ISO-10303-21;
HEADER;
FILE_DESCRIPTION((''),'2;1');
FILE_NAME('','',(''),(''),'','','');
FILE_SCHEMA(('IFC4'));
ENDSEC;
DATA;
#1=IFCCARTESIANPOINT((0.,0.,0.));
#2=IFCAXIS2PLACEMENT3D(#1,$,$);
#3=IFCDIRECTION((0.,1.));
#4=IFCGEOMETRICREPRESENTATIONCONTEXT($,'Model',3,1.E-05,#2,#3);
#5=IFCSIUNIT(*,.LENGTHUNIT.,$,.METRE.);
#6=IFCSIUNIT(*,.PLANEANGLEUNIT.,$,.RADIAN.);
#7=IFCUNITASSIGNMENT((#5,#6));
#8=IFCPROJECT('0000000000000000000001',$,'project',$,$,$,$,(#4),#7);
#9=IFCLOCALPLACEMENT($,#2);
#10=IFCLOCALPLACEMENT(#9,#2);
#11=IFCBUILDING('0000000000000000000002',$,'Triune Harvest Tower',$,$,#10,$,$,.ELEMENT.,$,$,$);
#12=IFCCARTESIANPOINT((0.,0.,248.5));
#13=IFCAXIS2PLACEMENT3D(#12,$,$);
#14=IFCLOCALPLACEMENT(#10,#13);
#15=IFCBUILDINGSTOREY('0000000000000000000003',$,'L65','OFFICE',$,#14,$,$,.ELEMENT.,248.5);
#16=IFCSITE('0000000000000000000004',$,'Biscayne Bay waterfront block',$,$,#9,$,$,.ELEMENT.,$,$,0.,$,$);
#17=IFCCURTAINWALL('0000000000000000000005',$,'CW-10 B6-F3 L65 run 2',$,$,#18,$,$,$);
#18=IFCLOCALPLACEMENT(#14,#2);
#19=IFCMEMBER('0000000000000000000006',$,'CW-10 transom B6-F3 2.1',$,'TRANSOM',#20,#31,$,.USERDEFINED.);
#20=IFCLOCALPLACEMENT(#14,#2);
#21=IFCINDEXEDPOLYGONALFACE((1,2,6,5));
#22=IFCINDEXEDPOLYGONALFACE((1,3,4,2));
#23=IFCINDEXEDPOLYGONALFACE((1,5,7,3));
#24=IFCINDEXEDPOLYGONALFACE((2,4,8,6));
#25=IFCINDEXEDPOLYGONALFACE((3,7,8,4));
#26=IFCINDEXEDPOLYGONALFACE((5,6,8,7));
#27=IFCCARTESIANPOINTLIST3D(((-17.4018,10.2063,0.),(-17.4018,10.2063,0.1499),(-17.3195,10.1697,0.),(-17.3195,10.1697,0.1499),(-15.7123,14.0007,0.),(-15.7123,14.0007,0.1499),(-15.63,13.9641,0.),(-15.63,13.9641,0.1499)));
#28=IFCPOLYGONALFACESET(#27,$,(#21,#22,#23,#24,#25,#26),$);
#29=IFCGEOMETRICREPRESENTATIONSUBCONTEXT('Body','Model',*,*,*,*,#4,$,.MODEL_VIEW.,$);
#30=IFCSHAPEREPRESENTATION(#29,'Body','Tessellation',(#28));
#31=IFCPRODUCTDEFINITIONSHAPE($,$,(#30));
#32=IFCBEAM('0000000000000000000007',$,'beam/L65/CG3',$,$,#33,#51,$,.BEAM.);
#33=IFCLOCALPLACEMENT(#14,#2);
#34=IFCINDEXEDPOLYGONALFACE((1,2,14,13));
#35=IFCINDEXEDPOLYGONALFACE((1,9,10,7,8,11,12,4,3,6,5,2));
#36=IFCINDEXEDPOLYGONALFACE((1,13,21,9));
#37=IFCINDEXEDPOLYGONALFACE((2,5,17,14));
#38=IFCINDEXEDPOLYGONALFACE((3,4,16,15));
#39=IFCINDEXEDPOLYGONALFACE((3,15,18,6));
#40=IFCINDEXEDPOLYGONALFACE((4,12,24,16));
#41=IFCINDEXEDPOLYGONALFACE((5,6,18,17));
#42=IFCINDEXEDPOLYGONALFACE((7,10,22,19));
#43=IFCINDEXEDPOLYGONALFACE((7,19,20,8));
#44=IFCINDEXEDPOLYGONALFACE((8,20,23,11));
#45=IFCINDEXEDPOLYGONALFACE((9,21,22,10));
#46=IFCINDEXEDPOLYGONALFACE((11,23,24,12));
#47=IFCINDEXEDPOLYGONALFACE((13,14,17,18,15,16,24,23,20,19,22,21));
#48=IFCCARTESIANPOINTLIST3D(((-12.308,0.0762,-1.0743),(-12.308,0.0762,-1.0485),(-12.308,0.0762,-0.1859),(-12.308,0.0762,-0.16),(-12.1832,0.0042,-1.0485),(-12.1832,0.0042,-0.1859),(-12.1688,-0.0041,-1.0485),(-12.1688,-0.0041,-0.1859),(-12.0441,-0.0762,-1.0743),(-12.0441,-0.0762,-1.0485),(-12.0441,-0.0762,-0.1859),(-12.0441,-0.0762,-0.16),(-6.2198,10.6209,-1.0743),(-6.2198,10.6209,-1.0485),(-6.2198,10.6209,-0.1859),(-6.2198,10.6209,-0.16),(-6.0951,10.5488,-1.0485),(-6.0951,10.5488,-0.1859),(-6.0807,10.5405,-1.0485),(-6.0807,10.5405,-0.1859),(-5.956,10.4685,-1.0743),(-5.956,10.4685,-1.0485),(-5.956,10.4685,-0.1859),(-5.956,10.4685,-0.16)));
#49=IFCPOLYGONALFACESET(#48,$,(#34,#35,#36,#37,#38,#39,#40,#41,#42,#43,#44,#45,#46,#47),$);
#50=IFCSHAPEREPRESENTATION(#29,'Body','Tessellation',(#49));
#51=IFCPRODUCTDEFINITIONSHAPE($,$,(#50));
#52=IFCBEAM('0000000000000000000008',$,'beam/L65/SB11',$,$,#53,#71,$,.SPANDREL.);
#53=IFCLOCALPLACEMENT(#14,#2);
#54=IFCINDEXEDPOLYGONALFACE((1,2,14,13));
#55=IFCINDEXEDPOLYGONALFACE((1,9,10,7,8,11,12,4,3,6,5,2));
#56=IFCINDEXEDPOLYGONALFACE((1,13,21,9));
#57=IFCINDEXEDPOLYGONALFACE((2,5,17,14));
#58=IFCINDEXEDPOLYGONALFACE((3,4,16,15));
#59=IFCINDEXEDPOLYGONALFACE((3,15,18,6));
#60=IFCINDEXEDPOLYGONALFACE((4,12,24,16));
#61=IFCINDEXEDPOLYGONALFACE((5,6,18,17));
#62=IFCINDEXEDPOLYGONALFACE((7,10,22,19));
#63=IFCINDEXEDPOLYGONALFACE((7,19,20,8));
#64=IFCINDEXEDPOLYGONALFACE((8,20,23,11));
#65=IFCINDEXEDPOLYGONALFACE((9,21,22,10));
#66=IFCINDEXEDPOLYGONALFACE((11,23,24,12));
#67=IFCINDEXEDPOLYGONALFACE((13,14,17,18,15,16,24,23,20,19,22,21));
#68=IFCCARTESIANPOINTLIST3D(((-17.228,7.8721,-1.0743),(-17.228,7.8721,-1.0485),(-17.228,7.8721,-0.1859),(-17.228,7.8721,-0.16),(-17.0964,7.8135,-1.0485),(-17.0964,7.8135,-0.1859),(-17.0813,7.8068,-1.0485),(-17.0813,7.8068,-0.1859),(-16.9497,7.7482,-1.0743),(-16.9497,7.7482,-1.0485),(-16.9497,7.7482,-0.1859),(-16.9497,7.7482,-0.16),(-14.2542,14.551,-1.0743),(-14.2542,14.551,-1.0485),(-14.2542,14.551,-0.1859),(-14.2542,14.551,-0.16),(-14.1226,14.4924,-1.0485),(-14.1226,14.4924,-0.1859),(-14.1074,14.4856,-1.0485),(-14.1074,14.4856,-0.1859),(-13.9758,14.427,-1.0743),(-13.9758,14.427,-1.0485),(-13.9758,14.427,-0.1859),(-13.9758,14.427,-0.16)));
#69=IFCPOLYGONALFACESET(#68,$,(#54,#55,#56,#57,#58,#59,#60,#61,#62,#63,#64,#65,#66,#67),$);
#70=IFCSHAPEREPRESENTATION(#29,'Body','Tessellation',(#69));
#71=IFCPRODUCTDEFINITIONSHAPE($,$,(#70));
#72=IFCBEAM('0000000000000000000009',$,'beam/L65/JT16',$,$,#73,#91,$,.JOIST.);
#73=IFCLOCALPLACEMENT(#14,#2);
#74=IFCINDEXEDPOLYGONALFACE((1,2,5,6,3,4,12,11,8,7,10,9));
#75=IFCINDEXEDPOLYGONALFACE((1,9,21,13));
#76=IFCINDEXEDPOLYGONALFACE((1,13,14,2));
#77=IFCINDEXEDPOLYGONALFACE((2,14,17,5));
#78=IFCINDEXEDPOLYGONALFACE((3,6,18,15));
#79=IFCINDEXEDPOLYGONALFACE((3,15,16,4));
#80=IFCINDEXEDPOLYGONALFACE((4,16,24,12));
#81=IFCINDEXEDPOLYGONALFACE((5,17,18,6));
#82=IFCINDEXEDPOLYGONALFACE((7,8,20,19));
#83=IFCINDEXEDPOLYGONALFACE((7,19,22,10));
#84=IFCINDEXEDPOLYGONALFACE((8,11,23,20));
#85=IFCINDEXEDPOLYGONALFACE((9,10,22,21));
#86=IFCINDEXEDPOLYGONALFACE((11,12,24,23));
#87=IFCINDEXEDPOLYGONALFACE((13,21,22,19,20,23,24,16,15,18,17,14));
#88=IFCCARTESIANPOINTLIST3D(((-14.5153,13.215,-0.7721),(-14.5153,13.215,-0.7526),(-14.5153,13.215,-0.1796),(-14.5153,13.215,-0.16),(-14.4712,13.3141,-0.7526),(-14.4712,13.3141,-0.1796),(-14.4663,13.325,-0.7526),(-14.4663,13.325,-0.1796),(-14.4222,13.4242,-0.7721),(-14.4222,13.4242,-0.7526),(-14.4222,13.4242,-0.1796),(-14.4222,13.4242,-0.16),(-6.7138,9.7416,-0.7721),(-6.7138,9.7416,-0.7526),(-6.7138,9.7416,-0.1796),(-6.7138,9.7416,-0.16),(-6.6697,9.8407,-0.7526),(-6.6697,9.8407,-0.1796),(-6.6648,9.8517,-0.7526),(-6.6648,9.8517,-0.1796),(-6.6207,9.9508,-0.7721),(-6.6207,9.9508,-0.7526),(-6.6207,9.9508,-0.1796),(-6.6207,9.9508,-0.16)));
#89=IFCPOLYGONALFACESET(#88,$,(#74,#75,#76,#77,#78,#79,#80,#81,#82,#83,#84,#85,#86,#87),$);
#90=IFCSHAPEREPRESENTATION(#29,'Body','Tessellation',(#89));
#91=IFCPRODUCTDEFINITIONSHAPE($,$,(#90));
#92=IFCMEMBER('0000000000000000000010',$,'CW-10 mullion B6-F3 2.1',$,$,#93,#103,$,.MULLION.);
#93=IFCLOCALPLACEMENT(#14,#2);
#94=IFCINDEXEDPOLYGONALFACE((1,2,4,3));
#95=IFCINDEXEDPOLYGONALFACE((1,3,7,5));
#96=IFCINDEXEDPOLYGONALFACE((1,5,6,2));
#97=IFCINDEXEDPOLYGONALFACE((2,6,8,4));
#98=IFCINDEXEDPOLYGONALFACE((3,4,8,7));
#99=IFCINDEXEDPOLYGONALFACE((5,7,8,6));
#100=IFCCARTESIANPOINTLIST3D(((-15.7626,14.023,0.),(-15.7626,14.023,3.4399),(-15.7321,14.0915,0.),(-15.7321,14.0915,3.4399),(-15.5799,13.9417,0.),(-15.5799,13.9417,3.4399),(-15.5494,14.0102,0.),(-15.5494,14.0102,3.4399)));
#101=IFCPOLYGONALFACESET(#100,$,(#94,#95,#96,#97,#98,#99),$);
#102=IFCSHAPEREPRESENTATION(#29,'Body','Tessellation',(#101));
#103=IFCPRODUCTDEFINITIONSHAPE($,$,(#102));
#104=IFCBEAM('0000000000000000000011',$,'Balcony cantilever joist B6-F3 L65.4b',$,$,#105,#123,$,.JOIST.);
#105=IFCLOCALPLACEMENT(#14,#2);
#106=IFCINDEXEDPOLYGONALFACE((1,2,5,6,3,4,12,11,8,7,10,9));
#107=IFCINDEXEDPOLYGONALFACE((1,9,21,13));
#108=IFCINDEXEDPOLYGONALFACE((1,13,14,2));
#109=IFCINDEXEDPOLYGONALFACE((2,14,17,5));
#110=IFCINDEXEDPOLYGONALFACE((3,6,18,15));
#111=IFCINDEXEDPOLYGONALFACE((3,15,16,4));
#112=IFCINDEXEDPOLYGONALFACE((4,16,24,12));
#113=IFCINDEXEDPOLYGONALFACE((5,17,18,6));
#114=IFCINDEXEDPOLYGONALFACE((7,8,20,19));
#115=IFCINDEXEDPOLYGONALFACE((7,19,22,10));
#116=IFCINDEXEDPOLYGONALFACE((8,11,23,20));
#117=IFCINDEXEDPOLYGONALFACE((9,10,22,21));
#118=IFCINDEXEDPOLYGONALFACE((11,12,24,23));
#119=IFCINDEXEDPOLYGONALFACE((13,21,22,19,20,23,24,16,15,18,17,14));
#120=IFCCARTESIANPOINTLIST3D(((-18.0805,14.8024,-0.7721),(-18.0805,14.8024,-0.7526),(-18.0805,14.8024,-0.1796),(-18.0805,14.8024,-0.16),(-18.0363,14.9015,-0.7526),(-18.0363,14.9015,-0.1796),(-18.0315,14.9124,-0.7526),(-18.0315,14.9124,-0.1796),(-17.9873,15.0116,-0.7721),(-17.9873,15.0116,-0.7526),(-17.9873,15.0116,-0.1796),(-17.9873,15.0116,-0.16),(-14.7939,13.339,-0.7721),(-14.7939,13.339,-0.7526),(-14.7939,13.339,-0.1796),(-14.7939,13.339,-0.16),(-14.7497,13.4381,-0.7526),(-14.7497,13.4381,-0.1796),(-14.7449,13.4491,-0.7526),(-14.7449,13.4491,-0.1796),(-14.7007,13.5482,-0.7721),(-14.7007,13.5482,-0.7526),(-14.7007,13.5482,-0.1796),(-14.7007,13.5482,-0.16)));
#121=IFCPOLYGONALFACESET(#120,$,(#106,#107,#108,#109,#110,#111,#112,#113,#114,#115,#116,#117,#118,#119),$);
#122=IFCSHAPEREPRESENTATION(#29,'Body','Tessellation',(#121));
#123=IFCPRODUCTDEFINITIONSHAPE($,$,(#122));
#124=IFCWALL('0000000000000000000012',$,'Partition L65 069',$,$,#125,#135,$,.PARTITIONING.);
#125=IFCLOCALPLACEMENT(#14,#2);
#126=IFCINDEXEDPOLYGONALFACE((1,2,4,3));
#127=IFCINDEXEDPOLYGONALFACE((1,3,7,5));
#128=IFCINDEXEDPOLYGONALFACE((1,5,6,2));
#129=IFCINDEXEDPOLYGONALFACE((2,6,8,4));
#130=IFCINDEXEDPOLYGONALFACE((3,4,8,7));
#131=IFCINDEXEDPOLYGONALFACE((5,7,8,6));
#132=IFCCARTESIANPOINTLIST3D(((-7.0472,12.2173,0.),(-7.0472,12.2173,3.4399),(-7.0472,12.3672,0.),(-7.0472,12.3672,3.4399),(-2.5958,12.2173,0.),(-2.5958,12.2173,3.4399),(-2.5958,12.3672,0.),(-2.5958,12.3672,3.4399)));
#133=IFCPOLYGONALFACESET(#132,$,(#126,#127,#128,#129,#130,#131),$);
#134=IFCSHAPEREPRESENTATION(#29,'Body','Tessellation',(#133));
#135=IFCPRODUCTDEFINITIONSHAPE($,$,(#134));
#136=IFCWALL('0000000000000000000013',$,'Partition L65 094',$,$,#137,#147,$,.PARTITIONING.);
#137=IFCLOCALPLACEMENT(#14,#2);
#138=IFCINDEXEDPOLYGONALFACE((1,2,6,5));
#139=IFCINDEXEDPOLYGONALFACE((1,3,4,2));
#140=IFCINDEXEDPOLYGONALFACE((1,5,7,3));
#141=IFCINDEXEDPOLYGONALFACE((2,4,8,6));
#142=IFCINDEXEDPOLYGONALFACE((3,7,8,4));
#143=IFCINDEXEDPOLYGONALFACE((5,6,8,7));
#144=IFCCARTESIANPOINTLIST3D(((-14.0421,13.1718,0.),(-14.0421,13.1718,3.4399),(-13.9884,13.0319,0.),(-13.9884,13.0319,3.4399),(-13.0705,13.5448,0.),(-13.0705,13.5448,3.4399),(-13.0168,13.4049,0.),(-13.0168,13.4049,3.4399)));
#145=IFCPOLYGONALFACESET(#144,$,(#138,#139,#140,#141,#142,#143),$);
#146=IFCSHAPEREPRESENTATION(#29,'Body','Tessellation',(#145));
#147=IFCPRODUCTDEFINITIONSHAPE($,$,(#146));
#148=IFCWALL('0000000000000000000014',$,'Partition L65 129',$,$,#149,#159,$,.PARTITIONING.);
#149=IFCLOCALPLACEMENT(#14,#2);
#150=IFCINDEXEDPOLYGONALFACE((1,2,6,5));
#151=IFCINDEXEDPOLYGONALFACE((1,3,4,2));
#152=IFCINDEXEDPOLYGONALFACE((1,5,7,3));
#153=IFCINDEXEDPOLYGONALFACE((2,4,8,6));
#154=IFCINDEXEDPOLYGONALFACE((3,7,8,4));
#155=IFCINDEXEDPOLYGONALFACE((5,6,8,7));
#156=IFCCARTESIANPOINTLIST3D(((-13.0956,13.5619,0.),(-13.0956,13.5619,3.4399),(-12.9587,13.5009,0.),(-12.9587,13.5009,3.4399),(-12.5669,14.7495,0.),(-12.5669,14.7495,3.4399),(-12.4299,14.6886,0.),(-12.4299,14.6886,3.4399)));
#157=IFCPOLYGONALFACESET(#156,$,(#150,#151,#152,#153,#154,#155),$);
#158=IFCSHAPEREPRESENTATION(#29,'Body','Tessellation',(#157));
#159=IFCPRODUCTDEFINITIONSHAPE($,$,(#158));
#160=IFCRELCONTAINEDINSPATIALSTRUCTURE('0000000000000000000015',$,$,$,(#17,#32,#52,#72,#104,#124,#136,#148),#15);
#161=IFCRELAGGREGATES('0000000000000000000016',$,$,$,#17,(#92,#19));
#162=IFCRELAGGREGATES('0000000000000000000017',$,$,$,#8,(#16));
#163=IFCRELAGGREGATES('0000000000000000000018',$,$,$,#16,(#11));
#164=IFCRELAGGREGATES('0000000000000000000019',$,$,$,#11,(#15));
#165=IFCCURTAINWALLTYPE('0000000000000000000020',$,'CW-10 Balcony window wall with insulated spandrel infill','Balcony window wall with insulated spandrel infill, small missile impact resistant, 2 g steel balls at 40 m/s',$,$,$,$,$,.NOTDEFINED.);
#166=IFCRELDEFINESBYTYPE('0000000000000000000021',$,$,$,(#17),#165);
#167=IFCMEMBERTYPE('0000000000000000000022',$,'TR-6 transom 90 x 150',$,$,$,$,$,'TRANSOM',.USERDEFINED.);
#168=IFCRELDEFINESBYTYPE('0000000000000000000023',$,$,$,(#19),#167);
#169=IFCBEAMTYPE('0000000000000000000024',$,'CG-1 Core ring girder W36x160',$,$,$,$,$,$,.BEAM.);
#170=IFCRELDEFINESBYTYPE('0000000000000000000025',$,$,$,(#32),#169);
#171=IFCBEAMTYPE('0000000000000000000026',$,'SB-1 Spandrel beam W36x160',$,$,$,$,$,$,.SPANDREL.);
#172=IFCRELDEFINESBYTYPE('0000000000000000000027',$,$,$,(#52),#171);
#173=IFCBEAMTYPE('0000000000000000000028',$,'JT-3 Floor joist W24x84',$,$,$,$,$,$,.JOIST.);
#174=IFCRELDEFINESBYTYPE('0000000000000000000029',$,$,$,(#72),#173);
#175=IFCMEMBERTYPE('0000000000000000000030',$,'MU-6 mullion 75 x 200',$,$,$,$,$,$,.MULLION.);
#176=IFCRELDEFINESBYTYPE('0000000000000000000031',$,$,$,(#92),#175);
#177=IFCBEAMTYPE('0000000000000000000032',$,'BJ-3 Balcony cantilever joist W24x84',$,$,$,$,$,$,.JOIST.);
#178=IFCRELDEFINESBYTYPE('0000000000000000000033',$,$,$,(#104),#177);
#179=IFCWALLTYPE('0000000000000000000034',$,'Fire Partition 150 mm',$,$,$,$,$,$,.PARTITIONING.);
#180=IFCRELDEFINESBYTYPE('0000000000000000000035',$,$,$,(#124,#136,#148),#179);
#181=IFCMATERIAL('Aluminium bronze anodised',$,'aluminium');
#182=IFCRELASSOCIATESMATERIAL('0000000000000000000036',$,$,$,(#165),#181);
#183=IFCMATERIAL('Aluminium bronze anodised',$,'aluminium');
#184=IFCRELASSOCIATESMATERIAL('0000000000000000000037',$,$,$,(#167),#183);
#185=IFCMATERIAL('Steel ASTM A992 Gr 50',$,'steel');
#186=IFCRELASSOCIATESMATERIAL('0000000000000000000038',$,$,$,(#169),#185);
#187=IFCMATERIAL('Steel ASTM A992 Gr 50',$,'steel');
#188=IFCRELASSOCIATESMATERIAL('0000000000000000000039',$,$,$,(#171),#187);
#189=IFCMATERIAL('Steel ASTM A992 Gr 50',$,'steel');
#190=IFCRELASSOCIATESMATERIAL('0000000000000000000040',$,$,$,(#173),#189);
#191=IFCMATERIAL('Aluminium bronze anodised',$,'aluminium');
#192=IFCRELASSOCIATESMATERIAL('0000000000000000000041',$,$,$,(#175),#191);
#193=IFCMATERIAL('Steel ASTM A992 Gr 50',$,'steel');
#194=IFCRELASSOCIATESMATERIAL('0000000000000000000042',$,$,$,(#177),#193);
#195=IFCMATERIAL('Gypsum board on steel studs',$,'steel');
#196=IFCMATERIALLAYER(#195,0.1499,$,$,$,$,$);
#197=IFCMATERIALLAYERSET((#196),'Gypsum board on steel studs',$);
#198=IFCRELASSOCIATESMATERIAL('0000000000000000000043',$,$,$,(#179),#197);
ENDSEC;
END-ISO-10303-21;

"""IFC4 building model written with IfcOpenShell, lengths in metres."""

from ifc_helpers import new_model, si_unit, direction, frame, frame_2d, origin, origin_2d, place, context, subcontext, project, spatial, rectangle, i_section, extrude, source, transform, mapped, material, layer, layer_set, material_profile, profile_set, type_object, element, aggregate, save


model = new_model("IFC4")

# Units and contexts
model_context = context("Model", 3, precision=1e-05, world=origin(), true_north=direction((0.0, 1.0)))
body_context = subcontext(model_context, "Body", "Model", "MODEL_VIEW")
ifc_project = project(units=[si_unit("LENGTHUNIT", "METRE"), si_unit("PLANEANGLEUNIT", "RADIAN")], contexts=[model_context])

# Site, building, storey
site_placement = place(None, origin())
site = spatial("IfcSite", under=ifc_project, at=site_placement, Name="Biscayne Bay waterfront block", CompositionType="ELEMENT", RefElevation=0.0)
building_placement = place(site_placement, origin())
building = spatial("IfcBuilding", under=site, at=building_placement, Name="Triune Harvest Tower", CompositionType="ELEMENT")
storey_placement = place(building_placement, frame((0.0, 0.0, 248.5)))
storey = spatial("IfcBuildingStorey", under=building, at=storey_placement, Name="L65", Description="OFFICE", CompositionType="ELEMENT", Elevation=248.5)

# Curtain wall, member
ifc_material_1 = material(Name="Aluminium bronze anodised", Category="aluminium")
curtain_wall_type = type_object("IfcCurtainWallType", Name="CW-10 Balcony window wall with insulated spandrel infill", Description="Balcony window wall with insulated spandrel infill, small missile impact resistant, 2 g steel balls at 40 m/s", PredefinedType="NOTDEFINED", material=ifc_material_1)
curtain_wall_placement = place(storey_placement, origin())
curtain_wall = element("IfcCurtainWall", 1, at=curtain_wall_placement, inside=storey, type_object=curtain_wall_type, Name="CW-10 B6-F3 L65 run 2")
ifc_material_2 = material(Name="Aluminium bronze anodised", Category="aluminium")
ifc_material_profile_1 = material_profile(ifc_material_2, rectangle(XDim=0.0901, YDim=0.1499, at=origin_2d()), Name="TR-6 transom 90 x 150")
ifc_profile_set_1 = profile_set([ifc_material_profile_1], Name="Aluminium bronze anodised")
member_type_1 = type_object("IfcMemberType", Name="TR-6 transom 90 x 150", ElementType="TRANSOM", PredefinedType="USERDEFINED", material=ifc_profile_set_1)
member_1_placement = place(storey_placement, frame((-15.6711, 13.9824, 0.075), z_axis=(-0.406749, -0.91354, 0.0), x_axis=(0.91354, -0.406749, 0.0)))
member_1 = element("IfcMember", 2, at=member_1_placement, type_object=member_type_1, Name="CW-10 transom B6-F3 2.1", ObjectType="TRANSOM", PredefinedType="USERDEFINED", context=body_context, shape_type="SweptSolid", body=[
    extrude(rectangle(XDim=0.0901, YDim=0.1499, at=origin_2d()), origin(), (0.0, 0.0, 1.0), 4.1536),
])

# Beams
ifc_material_3 = material(Name="Steel ASTM A992 Gr 50", Category="steel")
ifc_material_profile_2 = material_profile(ifc_material_3, i_section(OverallWidth=0.3047, OverallDepth=0.9143, WebThickness=0.0166, FlangeThickness=0.0259, at=origin_2d()), Name="W36x160")
ifc_profile_set_2 = profile_set([ifc_material_profile_2], Name="Steel ASTM A992 Gr 50")
beam_type_1 = type_object("IfcBeamType", Name="CG-1 Core ring girder W36x160", PredefinedType="BEAM", material=ifc_profile_set_2)
shared_shape_1 = source(origin(), body_context, "Body", "SweptSolid", [
    extrude(i_section(OverallWidth=0.3047, OverallDepth=0.9143, WebThickness=0.0166, FlangeThickness=0.0259, at=origin_2d()), origin(), (0.0, 0.0, 1.0), 12.176),
])
beam_1_placement = place(storey_placement, frame((-6.0879, 10.5447, -0.6172), z_axis=(-0.50001, -0.86602, 0.0), x_axis=(0.86602, -0.50001, 0.0)))
element("IfcBeam", 3, at=beam_1_placement, inside=storey, type_object=beam_type_1, Name="beam/L65/CG3", PredefinedType="BEAM", context=body_context, shape_type="MappedRepresentation", body=[
    mapped(shared_shape_1, transform((0.0, 0.0, 0.0), scale=1.0)),
])
ifc_material_4 = material(Name="Steel ASTM A992 Gr 50", Category="steel")
ifc_material_profile_3 = material_profile(ifc_material_4, i_section(OverallWidth=0.3047, OverallDepth=0.9143, WebThickness=0.0166, FlangeThickness=0.0259, at=origin_2d()), Name="W36x160")
ifc_profile_set_3 = profile_set([ifc_material_profile_3], Name="Steel ASTM A992 Gr 50")
beam_type_2 = type_object("IfcBeamType", Name="SB-1 Spandrel beam W36x160", PredefinedType="SPANDREL", material=ifc_profile_set_3)
shared_shape_2 = source(origin(), body_context, "Body", "SweptSolid", [
    extrude(i_section(OverallWidth=0.3047, OverallDepth=0.9143, WebThickness=0.0166, FlangeThickness=0.0259, at=origin_2d()), origin(), (0.0, 0.0, 1.0), 7.311),
])
beam_2_placement = place(storey_placement, frame((-14.115, 14.489, -0.6172), z_axis=(-0.406761, -0.913535, 0.0), x_axis=(0.913535, -0.406761, 0.0)))
element("IfcBeam", 4, at=beam_2_placement, inside=storey, type_object=beam_type_2, Name="beam/L65/SB11", PredefinedType="SPANDREL", context=body_context, shape_type="MappedRepresentation", body=[
    mapped(shared_shape_2, transform((0.0, 0.0, 0.0), scale=1.0)),
])
ifc_material_5 = material(Name="Steel ASTM A992 Gr 50", Category="steel")
ifc_material_profile_4 = material_profile(ifc_material_5, i_section(OverallWidth=0.229, OverallDepth=0.6121, WebThickness=0.012, FlangeThickness=0.0195, at=origin_2d()), Name="W24x84")
ifc_profile_set_4 = profile_set([ifc_material_profile_4], Name="Steel ASTM A992 Gr 50")
beam_type_3 = type_object("IfcBeamType", Name="JT-3 Floor joist W24x84", PredefinedType="JOIST", material=ifc_profile_set_4)
shared_shape_3 = source(origin(), body_context, "Body", "SweptSolid", [
    extrude(i_section(OverallWidth=0.229, OverallDepth=0.6121, WebThickness=0.012, FlangeThickness=0.0195, at=origin_2d()), origin(), (0.0, 0.0, 1.0), 8.5398),
])
beam_3_placement = place(storey_placement, frame((-14.4688, 13.3196, -0.4661), z_axis=(0.913548, -0.40673, 0.0), x_axis=(0.40673, 0.913548, 0.0)))
element("IfcBeam", 5, at=beam_3_placement, inside=storey, type_object=beam_type_3, Name="beam/L65/JT16", PredefinedType="JOIST", context=body_context, shape_type="MappedRepresentation", body=[
    mapped(shared_shape_3, transform((0.0, 0.0, 0.0), scale=1.0)),
])

# Member
ifc_material_6 = material(Name="Aluminium bronze anodised", Category="aluminium")
ifc_material_profile_5 = material_profile(ifc_material_6, rectangle(XDim=0.2, YDim=0.075, at=origin_2d()), Name="MU-6 mullion 75 x 200")
ifc_profile_set_5 = profile_set([ifc_material_profile_5], Name="Aluminium bronze anodised")
member_type_2 = type_object("IfcMemberType", Name="MU-6 mullion 75 x 200", PredefinedType="MULLION", material=ifc_profile_set_5)
shared_shape_4 = source(origin(), body_context, "Body", "SweptSolid", [
    extrude(rectangle(XDim=0.2, YDim=0.075, at=origin_2d()), origin(), (0.0, 0.0, 1.0), 3.4399),
])
member_2_placement = place(storey_placement, frame((-15.656, 14.0166, 0.0), z_axis=(0.0, 0.0, 1.0), x_axis=(0.913541, -0.406747, 0.0)))
member_2 = element("IfcMember", 6, at=member_2_placement, type_object=member_type_2, Name="CW-10 mullion B6-F3 2.1", PredefinedType="MULLION", context=body_context, shape_type="MappedRepresentation", body=[
    mapped(shared_shape_4, transform((0.0, 0.0, 0.0), scale=1.0)),
])
aggregate(curtain_wall, [member_2, member_1])

# Beam
ifc_material_7 = material(Name="Steel ASTM A992 Gr 50", Category="steel")
ifc_material_profile_6 = material_profile(ifc_material_7, i_section(OverallWidth=0.229, OverallDepth=0.6121, WebThickness=0.012, FlangeThickness=0.0195, at=origin_2d()), Name="W24x84")
ifc_profile_set_6 = profile_set([ifc_material_profile_6], Name="Steel ASTM A992 Gr 50")
beam_type_4 = type_object("IfcBeamType", Name="BJ-3 Balcony cantilever joist W24x84", PredefinedType="JOIST", material=ifc_profile_set_6)
shared_shape_5 = source(origin(), body_context, "Body", "SweptSolid", [
    extrude(i_section(OverallWidth=0.229, OverallDepth=0.6121, WebThickness=0.012, FlangeThickness=0.0195, at=origin_2d()), origin(), (0.0, 0.0, 1.0), 3.5977),
])
beam_4_placement = place(storey_placement, frame((-14.7473, 13.4436, -0.4661), z_axis=(-0.913537, 0.406755, 0.0), x_axis=(-0.406755, -0.913537, 0.0)))
element("IfcBeam", 7, at=beam_4_placement, inside=storey, type_object=beam_type_4, Name="Balcony cantilever joist B6-F3 L65.4b", PredefinedType="JOIST", context=body_context, shape_type="MappedRepresentation", body=[
    mapped(shared_shape_5, transform((0.0, 0.0, 0.0), scale=1.0)),
])

# Walls
ifc_material_8 = material(Name="Gypsum board on steel studs", Category="steel")
ifc_layer_1 = layer(ifc_material_8, 0.1499)
ifc_layer_set_1 = layer_set([ifc_layer_1], Name="Gypsum board on steel studs")
wall_type_1 = type_object("IfcWallType", Name="Fire Partition 150 mm", PredefinedType="PARTITIONING", material=ifc_layer_set_1)
wall_1_placement = place(storey_placement, frame((-7.0471, 12.2922, 0.0), z_axis=(0.0, 0.0, 1.0), x_axis=(1.0, 0.0, 0.0)))
element("IfcWall", 8, at=wall_1_placement, inside=storey, type_object=wall_type_1, Name="Partition L65 069", PredefinedType="PARTITIONING", context=body_context, shape_type="SweptSolid", body=[
    extrude(rectangle(XDim=4.4514, YDim=0.1499, at=frame_2d((2.2256, 0.0))), origin(), (0.0, 0.0, 1.0), 3.4399),
])
wall_2_placement = place(storey_placement, frame((-14.0154, 13.1018, 0.0), z_axis=(0.0, 0.0, 1.0), x_axis=(0.933563, 0.358413, 0.0)))
element("IfcWall", 9, at=wall_2_placement, inside=storey, type_object=wall_type_1, Name="Partition L65 094", PredefinedType="PARTITIONING", context=body_context, shape_type="SweptSolid", body=[
    extrude(rectangle(XDim=1.0408, YDim=0.1499, at=frame_2d((0.5205, 0.0))), origin(), (0.0, 0.0, 1.0), 3.4399),
])
wall_3_placement = place(storey_placement, frame((-13.0271, 13.5315, 0.0), z_axis=(0.0, 0.0, 1.0), x_axis=(0.406731, 0.913548, 0.0)))
element("IfcWall", 10, at=wall_3_placement, inside=storey, type_object=wall_type_1, Name="Partition L65 129", PredefinedType="PARTITIONING", context=body_context, shape_type="SweptSolid", body=[
    extrude(rectangle(XDim=1.3, YDim=0.1499, at=frame_2d((0.6499, 0.0))), origin(), (0.0, 0.0, 1.0), 3.4399),
])

save(model, "model.ifc")
